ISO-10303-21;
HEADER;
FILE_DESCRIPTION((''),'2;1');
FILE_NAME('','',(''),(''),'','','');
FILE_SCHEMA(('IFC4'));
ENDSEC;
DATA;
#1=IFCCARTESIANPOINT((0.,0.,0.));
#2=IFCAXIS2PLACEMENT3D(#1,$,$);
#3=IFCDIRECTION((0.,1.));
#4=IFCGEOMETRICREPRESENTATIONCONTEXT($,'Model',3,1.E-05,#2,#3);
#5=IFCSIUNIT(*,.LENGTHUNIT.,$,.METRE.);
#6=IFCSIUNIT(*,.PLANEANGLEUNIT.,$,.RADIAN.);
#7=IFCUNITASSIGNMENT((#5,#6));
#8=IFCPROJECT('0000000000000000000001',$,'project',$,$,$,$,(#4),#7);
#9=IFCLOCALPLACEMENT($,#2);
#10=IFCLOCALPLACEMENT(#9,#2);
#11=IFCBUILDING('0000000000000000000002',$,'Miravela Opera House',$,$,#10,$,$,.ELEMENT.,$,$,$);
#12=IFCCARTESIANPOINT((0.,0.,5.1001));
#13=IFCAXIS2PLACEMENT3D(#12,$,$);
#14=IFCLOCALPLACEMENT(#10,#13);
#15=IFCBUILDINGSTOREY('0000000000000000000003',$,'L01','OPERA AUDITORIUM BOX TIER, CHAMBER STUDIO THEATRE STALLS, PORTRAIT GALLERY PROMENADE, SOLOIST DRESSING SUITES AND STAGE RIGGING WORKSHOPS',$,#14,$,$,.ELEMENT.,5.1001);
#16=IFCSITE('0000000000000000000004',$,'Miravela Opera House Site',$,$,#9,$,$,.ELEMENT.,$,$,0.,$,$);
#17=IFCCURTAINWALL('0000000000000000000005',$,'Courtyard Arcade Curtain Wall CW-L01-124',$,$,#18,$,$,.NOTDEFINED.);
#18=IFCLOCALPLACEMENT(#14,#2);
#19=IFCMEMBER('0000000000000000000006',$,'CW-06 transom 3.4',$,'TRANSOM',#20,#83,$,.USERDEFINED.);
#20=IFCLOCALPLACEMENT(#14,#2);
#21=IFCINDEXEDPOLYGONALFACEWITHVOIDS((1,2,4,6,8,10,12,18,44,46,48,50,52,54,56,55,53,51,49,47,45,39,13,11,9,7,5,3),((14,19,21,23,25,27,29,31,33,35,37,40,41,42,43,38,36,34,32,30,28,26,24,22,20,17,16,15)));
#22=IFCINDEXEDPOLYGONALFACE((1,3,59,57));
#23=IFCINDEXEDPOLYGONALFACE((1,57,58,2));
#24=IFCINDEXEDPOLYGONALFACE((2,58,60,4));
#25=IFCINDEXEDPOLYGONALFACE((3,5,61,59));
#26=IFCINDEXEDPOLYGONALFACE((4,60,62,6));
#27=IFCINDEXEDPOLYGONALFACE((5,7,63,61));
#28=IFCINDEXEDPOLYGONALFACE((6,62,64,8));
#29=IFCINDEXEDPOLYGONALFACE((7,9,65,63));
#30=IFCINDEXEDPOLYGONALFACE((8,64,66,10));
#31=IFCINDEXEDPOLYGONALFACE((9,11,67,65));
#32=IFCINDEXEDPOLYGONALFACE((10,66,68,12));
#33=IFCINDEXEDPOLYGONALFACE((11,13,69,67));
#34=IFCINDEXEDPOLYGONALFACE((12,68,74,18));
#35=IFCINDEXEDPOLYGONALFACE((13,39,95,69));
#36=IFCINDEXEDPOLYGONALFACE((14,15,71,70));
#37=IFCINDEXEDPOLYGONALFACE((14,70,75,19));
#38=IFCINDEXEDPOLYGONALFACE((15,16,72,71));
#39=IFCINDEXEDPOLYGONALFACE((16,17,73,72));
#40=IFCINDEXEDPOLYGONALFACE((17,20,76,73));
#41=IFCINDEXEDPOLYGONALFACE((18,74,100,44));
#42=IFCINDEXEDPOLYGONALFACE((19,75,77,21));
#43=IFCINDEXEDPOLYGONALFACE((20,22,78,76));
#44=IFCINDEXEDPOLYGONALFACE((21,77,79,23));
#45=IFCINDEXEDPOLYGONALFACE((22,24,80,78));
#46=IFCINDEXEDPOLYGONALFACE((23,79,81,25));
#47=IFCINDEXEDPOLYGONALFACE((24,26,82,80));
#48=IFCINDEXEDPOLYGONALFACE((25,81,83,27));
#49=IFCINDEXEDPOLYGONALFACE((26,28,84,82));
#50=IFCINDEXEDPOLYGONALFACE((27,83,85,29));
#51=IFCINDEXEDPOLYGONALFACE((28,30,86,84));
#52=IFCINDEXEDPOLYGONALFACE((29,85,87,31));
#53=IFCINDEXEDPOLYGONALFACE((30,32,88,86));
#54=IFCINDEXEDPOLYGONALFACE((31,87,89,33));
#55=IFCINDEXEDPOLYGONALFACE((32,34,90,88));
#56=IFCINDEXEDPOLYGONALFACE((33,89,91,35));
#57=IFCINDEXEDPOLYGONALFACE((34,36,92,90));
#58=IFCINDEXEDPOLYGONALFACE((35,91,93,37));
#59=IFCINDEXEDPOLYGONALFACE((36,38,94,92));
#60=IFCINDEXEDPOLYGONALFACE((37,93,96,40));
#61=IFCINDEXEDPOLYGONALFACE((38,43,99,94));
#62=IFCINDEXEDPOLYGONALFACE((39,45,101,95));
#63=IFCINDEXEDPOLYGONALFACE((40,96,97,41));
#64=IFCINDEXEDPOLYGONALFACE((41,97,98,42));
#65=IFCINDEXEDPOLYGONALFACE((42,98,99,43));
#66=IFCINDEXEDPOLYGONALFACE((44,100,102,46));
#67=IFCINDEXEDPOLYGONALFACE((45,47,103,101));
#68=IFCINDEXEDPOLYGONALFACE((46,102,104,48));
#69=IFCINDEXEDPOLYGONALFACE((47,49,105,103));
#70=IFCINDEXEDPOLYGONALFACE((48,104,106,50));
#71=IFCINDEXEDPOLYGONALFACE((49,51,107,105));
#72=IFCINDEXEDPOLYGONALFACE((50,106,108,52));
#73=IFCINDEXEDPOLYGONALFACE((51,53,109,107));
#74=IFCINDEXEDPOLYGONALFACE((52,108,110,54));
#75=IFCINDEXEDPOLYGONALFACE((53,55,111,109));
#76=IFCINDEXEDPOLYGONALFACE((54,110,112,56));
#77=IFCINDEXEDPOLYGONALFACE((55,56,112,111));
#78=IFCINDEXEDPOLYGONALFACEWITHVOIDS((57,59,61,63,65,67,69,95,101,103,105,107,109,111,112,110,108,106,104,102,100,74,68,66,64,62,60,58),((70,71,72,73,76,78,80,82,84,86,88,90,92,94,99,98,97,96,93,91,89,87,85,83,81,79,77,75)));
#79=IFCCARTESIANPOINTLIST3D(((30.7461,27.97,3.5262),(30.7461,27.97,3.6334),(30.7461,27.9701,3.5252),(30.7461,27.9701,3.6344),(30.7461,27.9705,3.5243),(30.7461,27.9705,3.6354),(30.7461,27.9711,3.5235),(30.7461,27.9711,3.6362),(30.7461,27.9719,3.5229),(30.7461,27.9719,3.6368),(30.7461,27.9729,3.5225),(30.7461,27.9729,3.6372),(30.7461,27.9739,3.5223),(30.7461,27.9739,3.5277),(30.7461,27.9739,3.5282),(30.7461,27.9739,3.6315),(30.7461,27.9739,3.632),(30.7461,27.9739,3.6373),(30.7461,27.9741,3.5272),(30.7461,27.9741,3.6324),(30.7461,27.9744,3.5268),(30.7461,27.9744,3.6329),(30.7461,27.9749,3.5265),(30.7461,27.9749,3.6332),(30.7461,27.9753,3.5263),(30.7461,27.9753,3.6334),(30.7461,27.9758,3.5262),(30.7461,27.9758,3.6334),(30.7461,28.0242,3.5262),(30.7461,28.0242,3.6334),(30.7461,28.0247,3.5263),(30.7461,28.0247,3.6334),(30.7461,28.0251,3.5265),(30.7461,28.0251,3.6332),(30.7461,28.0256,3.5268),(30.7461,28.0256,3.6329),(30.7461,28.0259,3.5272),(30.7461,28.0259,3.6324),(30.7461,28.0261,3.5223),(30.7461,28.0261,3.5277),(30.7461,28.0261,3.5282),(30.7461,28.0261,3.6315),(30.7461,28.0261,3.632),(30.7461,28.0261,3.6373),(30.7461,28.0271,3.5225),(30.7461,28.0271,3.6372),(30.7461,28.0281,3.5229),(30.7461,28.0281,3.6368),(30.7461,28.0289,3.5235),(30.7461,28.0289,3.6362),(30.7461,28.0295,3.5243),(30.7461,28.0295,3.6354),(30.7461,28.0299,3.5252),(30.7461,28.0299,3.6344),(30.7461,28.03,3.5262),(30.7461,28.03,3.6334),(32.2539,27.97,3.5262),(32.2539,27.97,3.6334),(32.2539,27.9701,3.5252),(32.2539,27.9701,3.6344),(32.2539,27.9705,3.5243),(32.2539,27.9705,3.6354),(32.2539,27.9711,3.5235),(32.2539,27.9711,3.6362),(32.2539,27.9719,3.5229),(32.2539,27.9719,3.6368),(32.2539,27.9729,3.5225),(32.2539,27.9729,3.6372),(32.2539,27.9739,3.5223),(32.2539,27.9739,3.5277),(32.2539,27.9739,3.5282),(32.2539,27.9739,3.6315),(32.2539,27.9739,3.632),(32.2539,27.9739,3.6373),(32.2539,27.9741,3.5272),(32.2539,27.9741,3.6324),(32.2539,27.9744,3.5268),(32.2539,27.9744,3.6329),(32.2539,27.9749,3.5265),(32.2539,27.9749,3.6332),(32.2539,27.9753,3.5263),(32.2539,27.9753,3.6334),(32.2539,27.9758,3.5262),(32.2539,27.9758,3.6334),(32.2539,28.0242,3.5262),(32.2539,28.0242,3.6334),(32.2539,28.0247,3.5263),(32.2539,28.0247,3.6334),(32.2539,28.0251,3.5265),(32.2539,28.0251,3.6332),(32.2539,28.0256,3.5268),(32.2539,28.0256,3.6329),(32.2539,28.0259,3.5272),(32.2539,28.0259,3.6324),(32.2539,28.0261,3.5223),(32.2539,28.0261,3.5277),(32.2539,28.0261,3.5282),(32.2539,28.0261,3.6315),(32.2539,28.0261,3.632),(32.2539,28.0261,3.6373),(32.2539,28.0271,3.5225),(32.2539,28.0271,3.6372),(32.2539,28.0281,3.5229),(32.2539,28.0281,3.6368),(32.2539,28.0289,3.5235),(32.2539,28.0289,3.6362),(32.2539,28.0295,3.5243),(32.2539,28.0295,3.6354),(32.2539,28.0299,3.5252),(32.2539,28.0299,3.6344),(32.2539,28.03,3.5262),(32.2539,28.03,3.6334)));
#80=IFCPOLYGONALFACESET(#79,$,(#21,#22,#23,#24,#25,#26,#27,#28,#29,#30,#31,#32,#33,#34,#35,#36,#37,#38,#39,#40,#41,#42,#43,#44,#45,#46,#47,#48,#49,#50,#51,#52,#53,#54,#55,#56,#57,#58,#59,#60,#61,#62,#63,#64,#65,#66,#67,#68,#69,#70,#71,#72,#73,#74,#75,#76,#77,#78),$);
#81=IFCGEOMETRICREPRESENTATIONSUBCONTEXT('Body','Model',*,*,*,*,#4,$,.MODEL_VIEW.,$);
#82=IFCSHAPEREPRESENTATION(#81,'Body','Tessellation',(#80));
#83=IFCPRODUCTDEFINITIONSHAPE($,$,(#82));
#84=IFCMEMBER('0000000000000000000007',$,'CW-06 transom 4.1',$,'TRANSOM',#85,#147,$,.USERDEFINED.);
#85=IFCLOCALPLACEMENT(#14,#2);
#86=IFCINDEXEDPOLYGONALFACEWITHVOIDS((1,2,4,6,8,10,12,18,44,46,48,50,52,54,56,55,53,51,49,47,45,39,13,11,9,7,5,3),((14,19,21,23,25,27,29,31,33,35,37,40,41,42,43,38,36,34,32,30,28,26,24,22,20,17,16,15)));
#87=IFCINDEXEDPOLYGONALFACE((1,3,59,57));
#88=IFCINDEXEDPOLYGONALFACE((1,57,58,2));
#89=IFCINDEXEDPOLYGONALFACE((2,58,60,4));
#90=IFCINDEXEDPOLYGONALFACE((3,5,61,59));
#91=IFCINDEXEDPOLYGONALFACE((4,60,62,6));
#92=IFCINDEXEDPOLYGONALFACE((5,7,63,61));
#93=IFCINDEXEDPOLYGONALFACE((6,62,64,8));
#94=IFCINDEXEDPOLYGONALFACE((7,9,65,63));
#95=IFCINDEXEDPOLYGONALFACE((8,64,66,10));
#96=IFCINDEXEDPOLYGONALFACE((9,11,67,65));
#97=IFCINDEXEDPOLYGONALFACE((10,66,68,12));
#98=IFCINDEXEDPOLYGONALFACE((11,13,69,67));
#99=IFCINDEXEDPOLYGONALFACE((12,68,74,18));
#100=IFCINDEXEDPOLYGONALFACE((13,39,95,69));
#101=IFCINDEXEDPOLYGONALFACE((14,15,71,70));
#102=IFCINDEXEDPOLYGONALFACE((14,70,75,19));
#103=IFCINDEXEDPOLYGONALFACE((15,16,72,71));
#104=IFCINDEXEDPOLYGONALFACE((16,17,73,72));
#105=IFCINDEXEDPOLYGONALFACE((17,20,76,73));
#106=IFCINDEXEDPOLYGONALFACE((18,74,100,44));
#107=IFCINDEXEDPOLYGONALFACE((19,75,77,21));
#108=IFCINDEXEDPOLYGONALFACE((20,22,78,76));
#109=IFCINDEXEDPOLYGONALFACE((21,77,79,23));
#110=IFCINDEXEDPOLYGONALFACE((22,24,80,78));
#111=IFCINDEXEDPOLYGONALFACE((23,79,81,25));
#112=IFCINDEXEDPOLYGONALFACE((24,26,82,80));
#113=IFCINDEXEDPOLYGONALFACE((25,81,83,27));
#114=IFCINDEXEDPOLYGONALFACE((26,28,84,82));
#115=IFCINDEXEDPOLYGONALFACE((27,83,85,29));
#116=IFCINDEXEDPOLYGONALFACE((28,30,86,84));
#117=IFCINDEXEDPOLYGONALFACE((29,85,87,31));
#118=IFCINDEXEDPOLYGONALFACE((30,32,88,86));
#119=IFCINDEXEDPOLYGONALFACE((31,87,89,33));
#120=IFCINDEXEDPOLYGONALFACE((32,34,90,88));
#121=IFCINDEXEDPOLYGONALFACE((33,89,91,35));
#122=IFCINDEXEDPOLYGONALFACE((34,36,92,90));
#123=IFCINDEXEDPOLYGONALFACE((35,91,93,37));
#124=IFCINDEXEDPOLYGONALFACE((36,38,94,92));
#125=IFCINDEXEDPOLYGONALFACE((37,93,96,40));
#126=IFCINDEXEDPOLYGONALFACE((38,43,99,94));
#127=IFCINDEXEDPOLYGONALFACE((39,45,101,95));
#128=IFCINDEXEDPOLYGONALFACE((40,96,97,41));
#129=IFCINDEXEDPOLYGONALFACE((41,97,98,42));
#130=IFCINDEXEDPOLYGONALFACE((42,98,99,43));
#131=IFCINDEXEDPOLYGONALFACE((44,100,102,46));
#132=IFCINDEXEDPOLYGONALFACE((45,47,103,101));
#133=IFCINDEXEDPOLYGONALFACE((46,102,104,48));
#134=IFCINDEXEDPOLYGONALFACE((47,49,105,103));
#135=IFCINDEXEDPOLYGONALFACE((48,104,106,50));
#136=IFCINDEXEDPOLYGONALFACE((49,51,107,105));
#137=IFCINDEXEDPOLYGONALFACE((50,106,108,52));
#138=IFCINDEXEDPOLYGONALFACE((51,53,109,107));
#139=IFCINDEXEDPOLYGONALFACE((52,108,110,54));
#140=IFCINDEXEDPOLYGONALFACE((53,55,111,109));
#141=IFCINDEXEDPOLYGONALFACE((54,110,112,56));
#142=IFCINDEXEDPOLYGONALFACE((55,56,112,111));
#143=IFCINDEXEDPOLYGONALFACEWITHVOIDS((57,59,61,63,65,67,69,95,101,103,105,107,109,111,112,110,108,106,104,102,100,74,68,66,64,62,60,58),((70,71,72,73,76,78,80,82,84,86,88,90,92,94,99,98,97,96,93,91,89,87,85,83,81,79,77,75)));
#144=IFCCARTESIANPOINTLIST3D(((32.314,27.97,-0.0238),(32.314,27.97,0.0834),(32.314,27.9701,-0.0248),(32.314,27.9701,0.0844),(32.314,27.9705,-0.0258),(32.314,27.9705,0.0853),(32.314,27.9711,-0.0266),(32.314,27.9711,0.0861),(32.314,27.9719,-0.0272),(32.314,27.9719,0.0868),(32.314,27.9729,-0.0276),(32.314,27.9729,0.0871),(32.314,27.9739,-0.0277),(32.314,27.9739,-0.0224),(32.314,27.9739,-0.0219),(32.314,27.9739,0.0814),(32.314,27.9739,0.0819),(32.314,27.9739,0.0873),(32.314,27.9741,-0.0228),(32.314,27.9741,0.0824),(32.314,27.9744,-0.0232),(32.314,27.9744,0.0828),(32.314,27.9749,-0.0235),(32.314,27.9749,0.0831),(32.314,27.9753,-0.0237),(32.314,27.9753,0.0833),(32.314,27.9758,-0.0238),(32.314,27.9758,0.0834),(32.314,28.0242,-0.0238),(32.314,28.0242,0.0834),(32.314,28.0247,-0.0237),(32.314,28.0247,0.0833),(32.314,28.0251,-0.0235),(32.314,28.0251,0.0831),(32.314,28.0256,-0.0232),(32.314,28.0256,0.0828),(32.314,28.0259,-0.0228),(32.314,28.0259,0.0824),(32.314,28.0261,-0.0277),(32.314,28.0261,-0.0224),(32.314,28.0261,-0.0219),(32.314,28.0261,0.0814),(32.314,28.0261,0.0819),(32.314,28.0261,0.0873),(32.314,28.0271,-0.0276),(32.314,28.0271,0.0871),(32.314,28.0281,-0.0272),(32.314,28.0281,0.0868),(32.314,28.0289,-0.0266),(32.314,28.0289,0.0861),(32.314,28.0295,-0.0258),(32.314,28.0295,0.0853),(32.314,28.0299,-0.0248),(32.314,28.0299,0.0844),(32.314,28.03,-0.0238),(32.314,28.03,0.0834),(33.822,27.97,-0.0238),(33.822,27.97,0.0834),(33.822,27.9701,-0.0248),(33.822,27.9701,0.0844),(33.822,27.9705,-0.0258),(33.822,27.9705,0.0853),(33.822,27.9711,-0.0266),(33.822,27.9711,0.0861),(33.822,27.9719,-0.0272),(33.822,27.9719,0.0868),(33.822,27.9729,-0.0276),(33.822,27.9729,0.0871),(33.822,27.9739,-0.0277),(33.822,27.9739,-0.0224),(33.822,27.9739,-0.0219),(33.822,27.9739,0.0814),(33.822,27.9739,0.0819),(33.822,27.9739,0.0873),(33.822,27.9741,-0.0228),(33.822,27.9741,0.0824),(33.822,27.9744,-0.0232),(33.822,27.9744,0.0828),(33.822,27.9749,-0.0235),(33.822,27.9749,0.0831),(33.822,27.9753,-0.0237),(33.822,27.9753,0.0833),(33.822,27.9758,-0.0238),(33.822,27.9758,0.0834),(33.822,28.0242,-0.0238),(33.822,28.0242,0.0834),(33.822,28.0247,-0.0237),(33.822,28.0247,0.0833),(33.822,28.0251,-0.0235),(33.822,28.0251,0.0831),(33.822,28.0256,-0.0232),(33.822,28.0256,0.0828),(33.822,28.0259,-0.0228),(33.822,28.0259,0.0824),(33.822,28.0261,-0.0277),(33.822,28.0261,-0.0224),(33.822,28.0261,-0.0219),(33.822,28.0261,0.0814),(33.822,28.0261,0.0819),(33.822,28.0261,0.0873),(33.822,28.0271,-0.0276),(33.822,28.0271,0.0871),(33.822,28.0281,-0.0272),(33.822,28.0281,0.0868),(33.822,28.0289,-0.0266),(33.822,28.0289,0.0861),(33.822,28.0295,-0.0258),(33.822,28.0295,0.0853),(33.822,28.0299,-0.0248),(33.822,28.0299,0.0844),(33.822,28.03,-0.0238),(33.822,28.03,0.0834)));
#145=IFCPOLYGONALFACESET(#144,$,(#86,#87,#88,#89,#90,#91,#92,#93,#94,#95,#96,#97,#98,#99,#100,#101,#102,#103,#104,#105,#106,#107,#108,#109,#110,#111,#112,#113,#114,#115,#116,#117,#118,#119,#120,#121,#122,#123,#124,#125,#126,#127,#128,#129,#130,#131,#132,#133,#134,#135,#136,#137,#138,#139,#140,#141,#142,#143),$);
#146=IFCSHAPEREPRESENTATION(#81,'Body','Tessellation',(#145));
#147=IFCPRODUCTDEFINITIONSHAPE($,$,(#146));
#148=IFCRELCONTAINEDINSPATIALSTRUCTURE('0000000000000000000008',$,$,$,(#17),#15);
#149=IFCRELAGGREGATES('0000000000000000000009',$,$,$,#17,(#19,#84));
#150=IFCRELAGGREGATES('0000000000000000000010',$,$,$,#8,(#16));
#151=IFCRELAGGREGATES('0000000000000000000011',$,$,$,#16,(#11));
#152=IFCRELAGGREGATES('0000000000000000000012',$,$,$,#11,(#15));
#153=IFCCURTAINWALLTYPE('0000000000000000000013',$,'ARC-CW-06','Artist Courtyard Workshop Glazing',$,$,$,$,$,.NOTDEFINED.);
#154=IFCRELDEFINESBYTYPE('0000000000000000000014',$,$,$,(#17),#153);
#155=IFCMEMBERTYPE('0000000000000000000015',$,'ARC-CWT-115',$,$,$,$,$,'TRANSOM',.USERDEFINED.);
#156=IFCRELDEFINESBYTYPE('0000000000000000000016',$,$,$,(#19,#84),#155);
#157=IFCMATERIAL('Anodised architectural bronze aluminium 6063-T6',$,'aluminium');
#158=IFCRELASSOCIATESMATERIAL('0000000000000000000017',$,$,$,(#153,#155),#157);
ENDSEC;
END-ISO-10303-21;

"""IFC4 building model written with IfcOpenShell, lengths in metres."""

from ifc_helpers import new_model, si_unit, direction, frame, origin, origin_2d, place, context, subcontext, project, spatial, hollow_rectangle, extrude, material, material_profile, profile_set, type_object, element, aggregate, save


model = new_model("IFC4")

# Units and contexts
model_context = context("Model", 3, precision=1e-05, world=origin(), true_north=direction((0.0, 1.0)))
body_context = subcontext(model_context, "Body", "Model", "MODEL_VIEW")
ifc_project = project(units=[si_unit("LENGTHUNIT", "METRE"), si_unit("PLANEANGLEUNIT", "RADIAN")], contexts=[model_context])

# Site, building, storey
site_placement = place(None, origin())
site = spatial("IfcSite", under=ifc_project, at=site_placement, Name="Miravela Opera House Site", CompositionType="ELEMENT", RefElevation=0.0)
building_placement = place(site_placement, origin())
building = spatial("IfcBuilding", under=site, at=building_placement, Name="Miravela Opera House", CompositionType="ELEMENT")
storey_placement = place(building_placement, frame((0.0, 0.0, 5.1001)))
storey = spatial("IfcBuildingStorey", under=building, at=storey_placement, Name="L01", Description="OPERA AUDITORIUM BOX TIER, CHAMBER STUDIO THEATRE STALLS, PORTRAIT GALLERY PROMENADE, SOLOIST DRESSING SUITES AND STAGE RIGGING WORKSHOPS", CompositionType="ELEMENT", Elevation=5.1001)

# Curtain wall, members
ifc_material_1 = material(Name="Anodised architectural bronze aluminium 6063-T6", Category="aluminium")
curtain_wall_type = type_object("IfcCurtainWallType", Name="ARC-CW-06", Description="Artist Courtyard Workshop Glazing", PredefinedType="NOTDEFINED", material=ifc_material_1)
curtain_wall_placement = place(storey_placement, origin())
curtain_wall = element("IfcCurtainWall", 1, at=curtain_wall_placement, inside=storey, type_object=curtain_wall_type, Name="Courtyard Arcade Curtain Wall CW-L01-124", PredefinedType="NOTDEFINED")
ifc_material_profile_1 = material_profile(ifc_material_1, hollow_rectangle(XDim=0.0601, YDim=0.115, WallThickness=0.0039, InnerFilletRadius=0.002, OuterFilletRadius=0.0039, at=origin_2d()), Name="CWT-60X115")
ifc_profile_set_1 = profile_set([ifc_material_profile_1])
member_type_1 = type_object("IfcMemberType", Name="ARC-CWT-115", ElementType="TRANSOM", PredefinedType="USERDEFINED", material=ifc_profile_set_1)
member_1_placement = place(storey_placement, frame((30.7461, 28.0, 3.5798), z_axis=(1.0, 0.0, 0.0), x_axis=(0.0, 1.0, 0.0)))
member_1 = element("IfcMember", 2, at=member_1_placement, type_object=member_type_1, Name="CW-06 transom 3.4", ObjectType="TRANSOM", PredefinedType="USERDEFINED", context=body_context, shape_type="SweptSolid", body=[
    extrude(hollow_rectangle(XDim=0.0601, YDim=0.115, WallThickness=0.0039, InnerFilletRadius=0.002, OuterFilletRadius=0.0039, at=origin_2d()), origin(), (0.0, 0.0, 1.0), 1.5078),
])
member_2_placement = place(storey_placement, frame((32.314, 28.0, 0.0298), z_axis=(1.0, 0.0, 0.0), x_axis=(0.0, 1.0, 0.0)))
member_2 = element("IfcMember", 3, at=member_2_placement, type_object=member_type_1, Name="CW-06 transom 4.1", ObjectType="TRANSOM", PredefinedType="USERDEFINED", context=body_context, shape_type="SweptSolid", body=[
    extrude(hollow_rectangle(XDim=0.0601, YDim=0.115, WallThickness=0.0039, InnerFilletRadius=0.002, OuterFilletRadius=0.0039, at=origin_2d()), origin(), (0.0, 0.0, 1.0), 1.5081),
])
aggregate(curtain_wall, [member_1, member_2])

save(model, "model.ifc")
